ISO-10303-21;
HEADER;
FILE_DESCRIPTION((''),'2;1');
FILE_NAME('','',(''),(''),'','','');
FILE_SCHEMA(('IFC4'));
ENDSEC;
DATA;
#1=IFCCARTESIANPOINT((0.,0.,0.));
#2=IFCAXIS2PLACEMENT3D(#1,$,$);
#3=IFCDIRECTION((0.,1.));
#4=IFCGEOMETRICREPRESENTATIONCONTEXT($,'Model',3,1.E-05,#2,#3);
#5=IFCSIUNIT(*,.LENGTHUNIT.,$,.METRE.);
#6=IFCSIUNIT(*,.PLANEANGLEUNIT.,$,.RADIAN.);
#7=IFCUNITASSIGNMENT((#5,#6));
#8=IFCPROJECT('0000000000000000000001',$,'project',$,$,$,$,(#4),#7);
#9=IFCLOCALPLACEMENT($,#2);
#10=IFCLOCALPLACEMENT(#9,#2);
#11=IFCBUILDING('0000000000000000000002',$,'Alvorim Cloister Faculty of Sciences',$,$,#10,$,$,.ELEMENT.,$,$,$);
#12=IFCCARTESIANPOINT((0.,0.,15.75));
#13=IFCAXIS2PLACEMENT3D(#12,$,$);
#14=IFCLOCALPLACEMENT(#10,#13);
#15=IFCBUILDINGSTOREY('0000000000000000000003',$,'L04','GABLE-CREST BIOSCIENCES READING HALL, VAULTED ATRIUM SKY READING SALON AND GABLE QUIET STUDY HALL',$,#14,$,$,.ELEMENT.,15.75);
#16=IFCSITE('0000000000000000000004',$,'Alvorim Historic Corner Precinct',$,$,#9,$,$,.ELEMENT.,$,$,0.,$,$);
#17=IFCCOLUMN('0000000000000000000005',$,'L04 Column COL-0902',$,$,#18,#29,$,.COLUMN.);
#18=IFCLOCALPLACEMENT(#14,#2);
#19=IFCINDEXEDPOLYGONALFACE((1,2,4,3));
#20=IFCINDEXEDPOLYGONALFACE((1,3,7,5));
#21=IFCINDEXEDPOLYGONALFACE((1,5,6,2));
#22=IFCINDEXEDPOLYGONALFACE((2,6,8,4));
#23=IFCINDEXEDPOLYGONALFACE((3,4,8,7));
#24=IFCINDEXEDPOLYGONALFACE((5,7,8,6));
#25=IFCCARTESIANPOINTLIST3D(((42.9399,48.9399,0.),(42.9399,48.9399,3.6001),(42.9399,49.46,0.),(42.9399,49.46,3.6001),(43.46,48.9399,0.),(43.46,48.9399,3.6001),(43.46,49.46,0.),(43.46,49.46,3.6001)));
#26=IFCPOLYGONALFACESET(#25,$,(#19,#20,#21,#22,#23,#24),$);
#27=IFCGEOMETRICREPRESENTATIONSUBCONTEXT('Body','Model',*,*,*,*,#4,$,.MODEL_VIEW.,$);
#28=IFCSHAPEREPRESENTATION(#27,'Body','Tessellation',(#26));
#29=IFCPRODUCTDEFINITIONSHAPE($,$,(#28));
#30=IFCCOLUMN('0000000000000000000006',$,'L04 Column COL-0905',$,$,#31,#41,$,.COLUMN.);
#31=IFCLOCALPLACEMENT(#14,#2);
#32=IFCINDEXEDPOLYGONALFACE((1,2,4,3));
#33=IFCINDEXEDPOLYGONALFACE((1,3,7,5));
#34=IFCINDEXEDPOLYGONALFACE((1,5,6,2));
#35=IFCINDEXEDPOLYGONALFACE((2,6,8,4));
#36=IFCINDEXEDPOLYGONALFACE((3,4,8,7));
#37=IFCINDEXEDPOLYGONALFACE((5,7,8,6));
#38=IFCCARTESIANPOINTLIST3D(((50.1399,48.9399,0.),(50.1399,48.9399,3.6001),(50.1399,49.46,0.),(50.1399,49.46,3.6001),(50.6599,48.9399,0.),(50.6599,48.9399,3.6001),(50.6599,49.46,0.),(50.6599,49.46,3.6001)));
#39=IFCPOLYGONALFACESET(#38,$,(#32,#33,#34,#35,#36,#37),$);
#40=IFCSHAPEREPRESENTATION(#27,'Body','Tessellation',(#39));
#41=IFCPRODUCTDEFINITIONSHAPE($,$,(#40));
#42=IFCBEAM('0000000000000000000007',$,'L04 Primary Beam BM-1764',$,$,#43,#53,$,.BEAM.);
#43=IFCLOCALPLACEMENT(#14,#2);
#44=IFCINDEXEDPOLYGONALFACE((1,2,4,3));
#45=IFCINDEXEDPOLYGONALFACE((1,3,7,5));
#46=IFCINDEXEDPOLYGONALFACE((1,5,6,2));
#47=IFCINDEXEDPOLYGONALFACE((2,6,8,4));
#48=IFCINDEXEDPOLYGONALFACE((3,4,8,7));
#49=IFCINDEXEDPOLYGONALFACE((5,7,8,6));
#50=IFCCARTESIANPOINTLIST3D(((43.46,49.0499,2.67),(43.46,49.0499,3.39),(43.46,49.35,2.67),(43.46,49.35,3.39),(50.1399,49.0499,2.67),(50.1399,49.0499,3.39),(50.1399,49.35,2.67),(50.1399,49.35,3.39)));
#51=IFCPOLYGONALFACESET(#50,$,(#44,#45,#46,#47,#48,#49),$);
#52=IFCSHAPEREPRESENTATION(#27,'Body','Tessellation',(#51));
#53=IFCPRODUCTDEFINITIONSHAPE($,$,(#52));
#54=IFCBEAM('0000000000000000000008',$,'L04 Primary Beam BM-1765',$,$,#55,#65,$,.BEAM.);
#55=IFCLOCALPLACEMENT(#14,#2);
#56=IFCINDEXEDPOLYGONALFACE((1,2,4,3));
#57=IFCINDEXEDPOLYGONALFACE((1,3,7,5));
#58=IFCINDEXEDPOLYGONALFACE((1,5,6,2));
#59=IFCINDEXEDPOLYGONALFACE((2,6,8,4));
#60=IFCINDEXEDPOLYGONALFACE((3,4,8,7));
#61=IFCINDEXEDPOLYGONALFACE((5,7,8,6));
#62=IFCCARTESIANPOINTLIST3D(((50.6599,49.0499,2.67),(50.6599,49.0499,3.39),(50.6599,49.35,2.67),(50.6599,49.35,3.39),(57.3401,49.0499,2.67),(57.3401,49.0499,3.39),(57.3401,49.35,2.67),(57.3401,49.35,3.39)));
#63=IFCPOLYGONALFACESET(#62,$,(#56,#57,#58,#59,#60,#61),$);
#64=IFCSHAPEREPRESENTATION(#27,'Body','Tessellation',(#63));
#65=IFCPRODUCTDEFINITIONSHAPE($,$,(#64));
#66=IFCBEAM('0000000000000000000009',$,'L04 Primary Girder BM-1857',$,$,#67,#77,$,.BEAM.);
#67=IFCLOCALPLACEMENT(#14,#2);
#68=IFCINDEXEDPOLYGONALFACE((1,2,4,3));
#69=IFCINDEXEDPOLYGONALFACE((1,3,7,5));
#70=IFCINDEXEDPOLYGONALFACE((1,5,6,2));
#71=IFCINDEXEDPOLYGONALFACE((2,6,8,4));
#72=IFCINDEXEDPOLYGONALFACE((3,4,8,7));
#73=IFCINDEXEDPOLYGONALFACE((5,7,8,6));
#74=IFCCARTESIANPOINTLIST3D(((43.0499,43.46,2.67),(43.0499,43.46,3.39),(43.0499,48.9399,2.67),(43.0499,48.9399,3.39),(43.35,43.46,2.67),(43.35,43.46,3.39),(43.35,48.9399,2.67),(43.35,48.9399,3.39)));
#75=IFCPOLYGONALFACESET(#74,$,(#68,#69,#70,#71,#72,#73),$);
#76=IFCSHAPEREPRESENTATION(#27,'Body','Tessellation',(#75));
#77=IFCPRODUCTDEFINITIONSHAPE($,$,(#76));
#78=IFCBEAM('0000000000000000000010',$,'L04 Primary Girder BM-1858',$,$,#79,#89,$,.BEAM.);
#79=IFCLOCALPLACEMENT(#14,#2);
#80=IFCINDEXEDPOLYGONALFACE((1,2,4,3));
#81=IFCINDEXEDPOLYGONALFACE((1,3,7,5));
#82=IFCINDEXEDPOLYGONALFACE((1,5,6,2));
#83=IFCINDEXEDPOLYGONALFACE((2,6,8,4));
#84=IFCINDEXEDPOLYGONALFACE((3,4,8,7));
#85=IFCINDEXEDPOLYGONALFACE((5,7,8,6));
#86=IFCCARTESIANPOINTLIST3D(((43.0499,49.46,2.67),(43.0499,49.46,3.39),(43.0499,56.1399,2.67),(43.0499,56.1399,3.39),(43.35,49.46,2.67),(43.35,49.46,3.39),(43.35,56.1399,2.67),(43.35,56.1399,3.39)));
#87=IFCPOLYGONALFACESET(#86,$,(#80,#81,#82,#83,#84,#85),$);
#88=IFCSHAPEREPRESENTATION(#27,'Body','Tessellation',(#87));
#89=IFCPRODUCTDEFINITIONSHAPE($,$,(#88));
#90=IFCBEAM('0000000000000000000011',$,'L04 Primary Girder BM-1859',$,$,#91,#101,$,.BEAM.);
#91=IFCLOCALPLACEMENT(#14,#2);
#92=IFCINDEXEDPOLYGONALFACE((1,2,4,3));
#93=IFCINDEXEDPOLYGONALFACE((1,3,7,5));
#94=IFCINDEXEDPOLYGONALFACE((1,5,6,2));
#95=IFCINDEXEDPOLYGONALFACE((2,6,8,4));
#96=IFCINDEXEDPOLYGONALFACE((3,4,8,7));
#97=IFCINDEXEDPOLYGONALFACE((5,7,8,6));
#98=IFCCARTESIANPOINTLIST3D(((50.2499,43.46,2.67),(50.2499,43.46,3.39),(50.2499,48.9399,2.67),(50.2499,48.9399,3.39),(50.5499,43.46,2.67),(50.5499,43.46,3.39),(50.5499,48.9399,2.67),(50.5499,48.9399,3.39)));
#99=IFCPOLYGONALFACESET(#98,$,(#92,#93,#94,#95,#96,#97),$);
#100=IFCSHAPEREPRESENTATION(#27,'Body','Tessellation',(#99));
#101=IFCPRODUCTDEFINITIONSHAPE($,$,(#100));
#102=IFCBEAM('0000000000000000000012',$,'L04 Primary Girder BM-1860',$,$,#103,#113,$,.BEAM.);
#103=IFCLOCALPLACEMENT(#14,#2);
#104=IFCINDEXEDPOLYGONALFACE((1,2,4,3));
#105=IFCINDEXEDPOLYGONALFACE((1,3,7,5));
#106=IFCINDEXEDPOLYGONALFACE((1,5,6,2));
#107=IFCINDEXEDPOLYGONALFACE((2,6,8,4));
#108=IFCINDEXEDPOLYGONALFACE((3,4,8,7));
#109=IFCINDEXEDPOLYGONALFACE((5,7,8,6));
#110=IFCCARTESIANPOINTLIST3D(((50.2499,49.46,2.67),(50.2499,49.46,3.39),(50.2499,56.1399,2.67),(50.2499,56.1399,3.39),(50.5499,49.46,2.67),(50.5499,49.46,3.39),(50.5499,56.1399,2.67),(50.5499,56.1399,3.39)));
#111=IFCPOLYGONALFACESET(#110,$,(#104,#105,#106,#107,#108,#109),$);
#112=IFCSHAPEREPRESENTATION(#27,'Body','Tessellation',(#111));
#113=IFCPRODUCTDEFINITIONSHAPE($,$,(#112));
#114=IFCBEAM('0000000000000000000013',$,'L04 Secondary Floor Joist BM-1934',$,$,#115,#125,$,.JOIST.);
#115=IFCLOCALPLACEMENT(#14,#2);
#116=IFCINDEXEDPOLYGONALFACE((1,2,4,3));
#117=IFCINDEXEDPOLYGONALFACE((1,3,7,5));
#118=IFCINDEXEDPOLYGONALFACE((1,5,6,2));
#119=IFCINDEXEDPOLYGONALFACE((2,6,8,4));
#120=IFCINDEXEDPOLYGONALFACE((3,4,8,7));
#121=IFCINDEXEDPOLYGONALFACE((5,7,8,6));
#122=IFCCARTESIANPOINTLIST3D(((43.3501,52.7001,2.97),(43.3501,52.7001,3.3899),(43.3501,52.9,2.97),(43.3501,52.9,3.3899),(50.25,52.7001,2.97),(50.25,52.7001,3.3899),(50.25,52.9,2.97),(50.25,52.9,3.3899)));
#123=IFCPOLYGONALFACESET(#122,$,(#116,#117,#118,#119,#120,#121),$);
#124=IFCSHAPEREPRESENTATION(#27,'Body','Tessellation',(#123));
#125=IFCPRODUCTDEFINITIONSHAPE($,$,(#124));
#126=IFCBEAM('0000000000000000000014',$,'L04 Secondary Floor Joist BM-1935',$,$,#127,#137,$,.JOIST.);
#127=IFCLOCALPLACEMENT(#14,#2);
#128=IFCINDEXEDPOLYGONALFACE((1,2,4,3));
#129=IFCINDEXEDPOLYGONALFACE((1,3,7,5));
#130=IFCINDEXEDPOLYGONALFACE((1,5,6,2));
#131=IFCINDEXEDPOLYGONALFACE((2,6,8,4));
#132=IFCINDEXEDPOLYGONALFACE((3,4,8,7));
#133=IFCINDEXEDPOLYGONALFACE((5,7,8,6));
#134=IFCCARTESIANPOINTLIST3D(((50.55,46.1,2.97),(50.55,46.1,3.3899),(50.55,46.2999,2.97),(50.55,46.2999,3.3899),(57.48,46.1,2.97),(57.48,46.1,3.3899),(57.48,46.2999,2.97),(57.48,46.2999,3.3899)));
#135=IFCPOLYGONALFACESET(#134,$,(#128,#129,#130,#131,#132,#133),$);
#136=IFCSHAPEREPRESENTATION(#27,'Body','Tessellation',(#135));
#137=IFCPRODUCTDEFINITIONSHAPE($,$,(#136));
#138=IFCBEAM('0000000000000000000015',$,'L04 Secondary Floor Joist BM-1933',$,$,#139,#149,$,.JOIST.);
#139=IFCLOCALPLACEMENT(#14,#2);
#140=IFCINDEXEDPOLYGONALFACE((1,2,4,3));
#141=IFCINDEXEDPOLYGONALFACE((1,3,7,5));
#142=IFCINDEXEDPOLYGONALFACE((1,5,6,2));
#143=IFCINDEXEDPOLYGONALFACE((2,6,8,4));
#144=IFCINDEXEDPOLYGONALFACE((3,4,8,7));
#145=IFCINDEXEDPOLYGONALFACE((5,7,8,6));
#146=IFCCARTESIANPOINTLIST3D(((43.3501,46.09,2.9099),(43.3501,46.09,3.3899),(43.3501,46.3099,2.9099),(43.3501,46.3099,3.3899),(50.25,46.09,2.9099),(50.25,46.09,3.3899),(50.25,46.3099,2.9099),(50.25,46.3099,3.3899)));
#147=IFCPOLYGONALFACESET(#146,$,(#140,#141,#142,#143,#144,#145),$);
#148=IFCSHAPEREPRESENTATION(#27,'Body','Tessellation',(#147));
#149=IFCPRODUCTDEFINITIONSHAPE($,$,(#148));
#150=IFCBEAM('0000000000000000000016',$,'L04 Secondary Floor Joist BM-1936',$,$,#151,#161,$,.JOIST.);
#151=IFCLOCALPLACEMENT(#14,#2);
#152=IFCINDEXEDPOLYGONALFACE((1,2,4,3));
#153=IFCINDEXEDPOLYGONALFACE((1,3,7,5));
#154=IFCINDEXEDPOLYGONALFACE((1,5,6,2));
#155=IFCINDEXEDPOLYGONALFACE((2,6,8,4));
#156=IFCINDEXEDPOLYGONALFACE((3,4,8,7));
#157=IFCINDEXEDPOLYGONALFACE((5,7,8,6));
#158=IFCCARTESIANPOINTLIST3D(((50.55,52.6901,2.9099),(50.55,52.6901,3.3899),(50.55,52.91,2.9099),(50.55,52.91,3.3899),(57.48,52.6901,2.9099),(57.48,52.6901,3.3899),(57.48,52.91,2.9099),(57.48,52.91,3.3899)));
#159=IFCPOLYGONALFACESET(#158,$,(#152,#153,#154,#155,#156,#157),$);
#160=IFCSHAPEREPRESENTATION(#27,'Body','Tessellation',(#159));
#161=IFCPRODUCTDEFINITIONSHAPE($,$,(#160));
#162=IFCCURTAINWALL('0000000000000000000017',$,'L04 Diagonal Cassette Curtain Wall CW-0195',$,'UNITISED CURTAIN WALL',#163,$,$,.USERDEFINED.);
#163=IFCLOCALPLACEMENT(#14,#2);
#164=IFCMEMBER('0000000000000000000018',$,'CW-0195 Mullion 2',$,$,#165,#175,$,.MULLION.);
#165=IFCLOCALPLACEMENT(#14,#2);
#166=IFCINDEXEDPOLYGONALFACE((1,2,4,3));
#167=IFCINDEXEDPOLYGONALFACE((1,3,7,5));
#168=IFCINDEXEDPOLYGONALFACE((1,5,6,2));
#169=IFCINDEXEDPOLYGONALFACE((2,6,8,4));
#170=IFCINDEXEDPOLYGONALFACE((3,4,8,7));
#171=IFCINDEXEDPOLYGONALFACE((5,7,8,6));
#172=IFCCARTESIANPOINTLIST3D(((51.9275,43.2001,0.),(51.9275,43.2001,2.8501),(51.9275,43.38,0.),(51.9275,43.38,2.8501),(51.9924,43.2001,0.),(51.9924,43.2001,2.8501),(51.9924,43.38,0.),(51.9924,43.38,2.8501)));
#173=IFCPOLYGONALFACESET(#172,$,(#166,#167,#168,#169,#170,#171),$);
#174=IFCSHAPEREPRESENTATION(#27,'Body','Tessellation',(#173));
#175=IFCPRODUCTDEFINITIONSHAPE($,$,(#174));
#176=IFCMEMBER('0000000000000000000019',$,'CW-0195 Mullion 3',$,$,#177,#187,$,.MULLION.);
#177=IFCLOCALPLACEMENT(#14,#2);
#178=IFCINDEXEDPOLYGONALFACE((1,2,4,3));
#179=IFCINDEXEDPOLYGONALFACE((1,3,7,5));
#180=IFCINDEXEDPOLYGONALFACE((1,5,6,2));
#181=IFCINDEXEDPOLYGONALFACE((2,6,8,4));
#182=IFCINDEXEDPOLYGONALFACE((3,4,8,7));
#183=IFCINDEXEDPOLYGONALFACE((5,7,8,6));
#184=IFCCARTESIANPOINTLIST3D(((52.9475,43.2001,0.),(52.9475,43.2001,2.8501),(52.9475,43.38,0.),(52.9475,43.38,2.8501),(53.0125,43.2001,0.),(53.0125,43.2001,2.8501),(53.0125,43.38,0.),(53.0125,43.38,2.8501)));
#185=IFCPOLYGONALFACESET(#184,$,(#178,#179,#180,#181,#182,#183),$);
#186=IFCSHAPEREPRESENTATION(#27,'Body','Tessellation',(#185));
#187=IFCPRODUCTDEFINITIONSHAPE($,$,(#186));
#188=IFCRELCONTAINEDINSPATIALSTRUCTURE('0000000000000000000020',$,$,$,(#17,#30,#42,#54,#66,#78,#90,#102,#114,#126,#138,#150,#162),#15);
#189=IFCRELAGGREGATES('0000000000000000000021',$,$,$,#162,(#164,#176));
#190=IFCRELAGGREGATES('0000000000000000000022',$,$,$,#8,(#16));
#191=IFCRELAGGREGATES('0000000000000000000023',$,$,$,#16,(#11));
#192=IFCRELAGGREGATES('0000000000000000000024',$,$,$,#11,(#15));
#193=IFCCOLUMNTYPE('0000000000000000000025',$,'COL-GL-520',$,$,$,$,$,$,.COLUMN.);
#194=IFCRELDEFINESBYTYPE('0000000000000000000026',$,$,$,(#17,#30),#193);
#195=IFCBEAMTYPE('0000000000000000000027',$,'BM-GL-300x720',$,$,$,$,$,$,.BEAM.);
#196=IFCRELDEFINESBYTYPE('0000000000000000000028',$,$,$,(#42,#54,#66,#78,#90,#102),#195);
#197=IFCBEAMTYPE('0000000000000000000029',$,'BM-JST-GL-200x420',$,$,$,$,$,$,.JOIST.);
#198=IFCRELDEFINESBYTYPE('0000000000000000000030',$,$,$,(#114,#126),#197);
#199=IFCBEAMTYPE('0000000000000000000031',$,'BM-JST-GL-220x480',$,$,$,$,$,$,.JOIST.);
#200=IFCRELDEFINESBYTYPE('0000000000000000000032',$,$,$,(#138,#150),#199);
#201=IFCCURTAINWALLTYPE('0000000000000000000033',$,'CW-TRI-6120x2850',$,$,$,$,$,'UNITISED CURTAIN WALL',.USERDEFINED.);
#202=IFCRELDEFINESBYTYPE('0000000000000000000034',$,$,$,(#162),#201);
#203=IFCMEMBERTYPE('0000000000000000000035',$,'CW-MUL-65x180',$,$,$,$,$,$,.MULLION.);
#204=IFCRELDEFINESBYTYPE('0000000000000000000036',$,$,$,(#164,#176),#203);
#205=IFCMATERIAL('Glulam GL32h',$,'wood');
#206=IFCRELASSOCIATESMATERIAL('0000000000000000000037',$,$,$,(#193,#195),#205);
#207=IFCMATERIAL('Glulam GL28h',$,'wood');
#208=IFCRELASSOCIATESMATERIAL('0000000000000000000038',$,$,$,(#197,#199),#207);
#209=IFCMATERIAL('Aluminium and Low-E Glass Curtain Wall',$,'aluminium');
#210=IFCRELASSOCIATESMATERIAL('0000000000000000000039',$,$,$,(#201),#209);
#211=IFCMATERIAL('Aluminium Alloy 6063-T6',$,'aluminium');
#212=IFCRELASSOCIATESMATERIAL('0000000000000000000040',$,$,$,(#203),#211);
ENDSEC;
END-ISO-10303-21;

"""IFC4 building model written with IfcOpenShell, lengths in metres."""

from ifc_helpers import new_model, si_unit, direction, frame, origin, origin_2d, place, context, subcontext, project, spatial, rectangle, extrude, material, material_profile, profile_set, type_object, element, aggregate, save


model = new_model("IFC4")

# Units and contexts
model_context = context("Model", 3, precision=1e-05, world=origin(), true_north=direction((0.0, 1.0)))
body_context = subcontext(model_context, "Body", "Model", "MODEL_VIEW")
ifc_project = project(units=[si_unit("LENGTHUNIT", "METRE"), si_unit("PLANEANGLEUNIT", "RADIAN")], contexts=[model_context])

# Site, building, storey
site_placement = place(None, origin())
site = spatial("IfcSite", under=ifc_project, at=site_placement, Name="Alvorim Historic Corner Precinct", CompositionType="ELEMENT", RefElevation=0.0)
building_placement = place(site_placement, origin())
building = spatial("IfcBuilding", under=site, at=building_placement, Name="Alvorim Cloister Faculty of Sciences", CompositionType="ELEMENT")
storey_placement = place(building_placement, frame((0.0, 0.0, 15.75)))
storey = spatial("IfcBuildingStorey", under=building, at=storey_placement, Name="L04", Description="GABLE-CREST BIOSCIENCES READING HALL, VAULTED ATRIUM SKY READING SALON AND GABLE QUIET STUDY HALL", CompositionType="ELEMENT", Elevation=15.75)

# Columns
ifc_material_1 = material(Name="Glulam GL32h", Category="wood")
ifc_material_profile_1 = material_profile(ifc_material_1, rectangle(XDim=0.52, YDim=0.52, at=origin_2d()), Name="GL32-COL-520x520")
ifc_profile_set_1 = profile_set([ifc_material_profile_1], Name="Glulam GL32h")
column_type = type_object("IfcColumnType", Name="COL-GL-520", PredefinedType="COLUMN", material=ifc_profile_set_1)
for number, where, z_axis, x_axis, name in (
    (1, (43.2, 49.2, 0.0), (0.0, 0.0, 1.0), (1.0, 0.0, 0.0), "L04 Column COL-0902"),
    (2, (50.3999, 49.2, 0.0), (0.0, 0.0, 1.0), (1.0, 0.0, 0.0), "L04 Column COL-0905"),
):
    element("IfcColumn", number, at=place(storey_placement, frame(where, z_axis=z_axis, x_axis=x_axis)), inside=storey, type_object=column_type, Name=name, PredefinedType="COLUMN", context=body_context, shape_type="SweptSolid", body=[
        extrude(rectangle(XDim=0.52, YDim=0.52, at=origin_2d()), origin(), (0.0, 0.0, 1.0), 3.6001),
    ])

# Beams
ifc_material_profile_2 = material_profile(ifc_material_1, rectangle(XDim=0.3, YDim=0.72, at=origin_2d()), Name="GL32-BM-300x720")
ifc_profile_set_2 = profile_set([ifc_material_profile_2], Name="Glulam GL32h")
beam_type_1 = type_object("IfcBeamType", Name="BM-GL-300x720", PredefinedType="BEAM", material=ifc_profile_set_2)
beam_1_placement = place(storey_placement, frame((43.46, 49.2, 3.03), z_axis=(1.0, 0.0, 0.0), x_axis=(0.0, 1.0, 0.0)))
element("IfcBeam", 3, at=beam_1_placement, inside=storey, type_object=beam_type_1, Name="L04 Primary Beam BM-1764", PredefinedType="BEAM", context=body_context, shape_type="SweptSolid", body=[
    extrude(rectangle(XDim=0.3, YDim=0.72, at=origin_2d()), origin(), (0.0, 0.0, 1.0), 6.6799),
])
beam_2_placement = place(storey_placement, frame((50.6599, 49.2, 3.03), z_axis=(1.0, 0.0, 0.0), x_axis=(0.0, 1.0, 0.0)))
element("IfcBeam", 4, at=beam_2_placement, inside=storey, type_object=beam_type_1, Name="L04 Primary Beam BM-1765", PredefinedType="BEAM", context=body_context, shape_type="SweptSolid", body=[
    extrude(rectangle(XDim=0.3, YDim=0.72, at=origin_2d()), origin(), (0.0, 0.0, 1.0), 6.6802),
])
beam_3_placement = place(storey_placement, frame((43.2, 43.46, 3.03), z_axis=(0.0, 1.0, 0.0), x_axis=(-1.0, 0.0, 0.0)))
element("IfcBeam", 5, at=beam_3_placement, inside=storey, type_object=beam_type_1, Name="L04 Primary Girder BM-1857", PredefinedType="BEAM", context=body_context, shape_type="SweptSolid", body=[
    extrude(rectangle(XDim=0.3, YDim=0.72, at=origin_2d()), origin(), (0.0, 0.0, 1.0), 5.48),
])
beam_4_placement = place(storey_placement, frame((43.2, 49.46, 3.03), z_axis=(0.0, 1.0, 0.0), x_axis=(-1.0, 0.0, 0.0)))
element("IfcBeam", 6, at=beam_4_placement, inside=storey, type_object=beam_type_1, Name="L04 Primary Girder BM-1858", PredefinedType="BEAM", context=body_context, shape_type="SweptSolid", body=[
    extrude(rectangle(XDim=0.3, YDim=0.72, at=origin_2d()), origin(), (0.0, 0.0, 1.0), 6.6799),
])
beam_5_placement = place(storey_placement, frame((50.3999, 43.46, 3.03), z_axis=(0.0, 1.0, 0.0), x_axis=(-1.0, 0.0, 0.0)))
element("IfcBeam", 7, at=beam_5_placement, inside=storey, type_object=beam_type_1, Name="L04 Primary Girder BM-1859", PredefinedType="BEAM", context=body_context, shape_type="SweptSolid", body=[
    extrude(rectangle(XDim=0.3, YDim=0.72, at=origin_2d()), origin(), (0.0, 0.0, 1.0), 5.48),
])
beam_6_placement = place(storey_placement, frame((50.3999, 49.46, 3.03), z_axis=(0.0, 1.0, 0.0), x_axis=(-1.0, 0.0, 0.0)))
element("IfcBeam", 8, at=beam_6_placement, inside=storey, type_object=beam_type_1, Name="L04 Primary Girder BM-1860", PredefinedType="BEAM", context=body_context, shape_type="SweptSolid", body=[
    extrude(rectangle(XDim=0.3, YDim=0.72, at=origin_2d()), origin(), (0.0, 0.0, 1.0), 6.6799),
])
ifc_material_2 = material(Name="Glulam GL28h", Category="wood")
ifc_material_profile_3 = material_profile(ifc_material_2, rectangle(XDim=0.2, YDim=0.4199, at=origin_2d()), Name="GL28-JST-200x420")
ifc_profile_set_3 = profile_set([ifc_material_profile_3], Name="Glulam GL28h")
beam_type_2 = type_object("IfcBeamType", Name="BM-JST-GL-200x420", PredefinedType="JOIST", material=ifc_profile_set_3)
beam_7_placement = place(storey_placement, frame((43.3501, 52.8, 3.1799), z_axis=(1.0, 0.0, 0.0), x_axis=(0.0, 1.0, 0.0)))
element("IfcBeam", 9, at=beam_7_placement, inside=storey, type_object=beam_type_2, Name="L04 Secondary Floor Joist BM-1934", PredefinedType="JOIST", context=body_context, shape_type="SweptSolid", body=[
    extrude(rectangle(XDim=0.2, YDim=0.4199, at=origin_2d()), origin(), (0.0, 0.0, 1.0), 6.8999),
])
beam_8_placement = place(storey_placement, frame((50.55, 46.2, 3.1799), z_axis=(1.0, 0.0, 0.0), x_axis=(0.0, 1.0, 0.0)))
element("IfcBeam", 10, at=beam_8_placement, inside=storey, type_object=beam_type_2, Name="L04 Secondary Floor Joist BM-1935", PredefinedType="JOIST", context=body_context, shape_type="SweptSolid", body=[
    extrude(rectangle(XDim=0.2, YDim=0.4199, at=origin_2d()), origin(), (0.0, 0.0, 1.0), 6.9299),
])
ifc_material_profile_4 = material_profile(ifc_material_2, rectangle(XDim=0.22, YDim=0.48, at=origin_2d()), Name="GL28-JST-220x480")
ifc_profile_set_4 = profile_set([ifc_material_profile_4], Name="Glulam GL28h")
beam_type_3 = type_object("IfcBeamType", Name="BM-JST-GL-220x480", PredefinedType="JOIST", material=ifc_profile_set_4)
beam_9_placement = place(storey_placement, frame((43.3501, 46.2, 3.1499), z_axis=(1.0, 0.0, 0.0), x_axis=(0.0, 1.0, 0.0)))
element("IfcBeam", 11, at=beam_9_placement, inside=storey, type_object=beam_type_3, Name="L04 Secondary Floor Joist BM-1933", PredefinedType="JOIST", context=body_context, shape_type="SweptSolid", body=[
    extrude(rectangle(XDim=0.22, YDim=0.48, at=origin_2d()), origin(), (0.0, 0.0, 1.0), 6.8999),
])
beam_10_placement = place(storey_placement, frame((50.55, 52.8, 3.1499), z_axis=(1.0, 0.0, 0.0), x_axis=(0.0, 1.0, 0.0)))
element("IfcBeam", 12, at=beam_10_placement, inside=storey, type_object=beam_type_3, Name="L04 Secondary Floor Joist BM-1936", PredefinedType="JOIST", context=body_context, shape_type="SweptSolid", body=[
    extrude(rectangle(XDim=0.22, YDim=0.48, at=origin_2d()), origin(), (0.0, 0.0, 1.0), 6.9299),
])

# Curtain wall, members
ifc_material_3 = material(Name="Aluminium and Low-E Glass Curtain Wall", Category="aluminium")
curtain_wall_type = type_object("IfcCurtainWallType", Name="CW-TRI-6120x2850", ElementType="UNITISED CURTAIN WALL", PredefinedType="USERDEFINED", material=ifc_material_3)
curtain_wall_placement = place(storey_placement, origin())
curtain_wall = element("IfcCurtainWall", 13, at=curtain_wall_placement, inside=storey, type_object=curtain_wall_type, Name="L04 Diagonal Cassette Curtain Wall CW-0195", ObjectType="UNITISED CURTAIN WALL", PredefinedType="USERDEFINED")
ifc_material_4 = material(Name="Aluminium Alloy 6063-T6", Category="aluminium")
ifc_material_profile_5 = material_profile(ifc_material_4, rectangle(XDim=0.0649, YDim=0.1799, at=origin_2d()), Name="ALU-MUL-65x180")
ifc_profile_set_5 = profile_set([ifc_material_profile_5], Name="Aluminium Alloy 6063-T6")
member_type_1 = type_object("IfcMemberType", Name="CW-MUL-65x180", PredefinedType="MULLION", material=ifc_profile_set_5)
member_1_placement = place(storey_placement, frame((51.96, 43.29, 0.0), z_axis=(0.0, 0.0, 1.0), x_axis=(1.0, 0.0, 0.0)))
member_1 = element("IfcMember", 14, at=member_1_placement, type_object=member_type_1, Name="CW-0195 Mullion 2", PredefinedType="MULLION", context=body_context, shape_type="SweptSolid", body=[
    extrude(rectangle(XDim=0.0649, YDim=0.1799, at=origin_2d()), origin(), (0.0, 0.0, 1.0), 2.8501),
])
member_2_placement = place(storey_placement, frame((52.98, 43.29, 0.0), z_axis=(0.0, 0.0, 1.0), x_axis=(1.0, 0.0, 0.0)))
member_2 = element("IfcMember", 15, at=member_2_placement, type_object=member_type_1, Name="CW-0195 Mullion 3", PredefinedType="MULLION", context=body_context, shape_type="SweptSolid", body=[
    extrude(rectangle(XDim=0.0649, YDim=0.1799, at=origin_2d()), origin(), (0.0, 0.0, 1.0), 2.8501),
])
aggregate(curtain_wall, [member_1, member_2])

save(model, "model.ifc")
